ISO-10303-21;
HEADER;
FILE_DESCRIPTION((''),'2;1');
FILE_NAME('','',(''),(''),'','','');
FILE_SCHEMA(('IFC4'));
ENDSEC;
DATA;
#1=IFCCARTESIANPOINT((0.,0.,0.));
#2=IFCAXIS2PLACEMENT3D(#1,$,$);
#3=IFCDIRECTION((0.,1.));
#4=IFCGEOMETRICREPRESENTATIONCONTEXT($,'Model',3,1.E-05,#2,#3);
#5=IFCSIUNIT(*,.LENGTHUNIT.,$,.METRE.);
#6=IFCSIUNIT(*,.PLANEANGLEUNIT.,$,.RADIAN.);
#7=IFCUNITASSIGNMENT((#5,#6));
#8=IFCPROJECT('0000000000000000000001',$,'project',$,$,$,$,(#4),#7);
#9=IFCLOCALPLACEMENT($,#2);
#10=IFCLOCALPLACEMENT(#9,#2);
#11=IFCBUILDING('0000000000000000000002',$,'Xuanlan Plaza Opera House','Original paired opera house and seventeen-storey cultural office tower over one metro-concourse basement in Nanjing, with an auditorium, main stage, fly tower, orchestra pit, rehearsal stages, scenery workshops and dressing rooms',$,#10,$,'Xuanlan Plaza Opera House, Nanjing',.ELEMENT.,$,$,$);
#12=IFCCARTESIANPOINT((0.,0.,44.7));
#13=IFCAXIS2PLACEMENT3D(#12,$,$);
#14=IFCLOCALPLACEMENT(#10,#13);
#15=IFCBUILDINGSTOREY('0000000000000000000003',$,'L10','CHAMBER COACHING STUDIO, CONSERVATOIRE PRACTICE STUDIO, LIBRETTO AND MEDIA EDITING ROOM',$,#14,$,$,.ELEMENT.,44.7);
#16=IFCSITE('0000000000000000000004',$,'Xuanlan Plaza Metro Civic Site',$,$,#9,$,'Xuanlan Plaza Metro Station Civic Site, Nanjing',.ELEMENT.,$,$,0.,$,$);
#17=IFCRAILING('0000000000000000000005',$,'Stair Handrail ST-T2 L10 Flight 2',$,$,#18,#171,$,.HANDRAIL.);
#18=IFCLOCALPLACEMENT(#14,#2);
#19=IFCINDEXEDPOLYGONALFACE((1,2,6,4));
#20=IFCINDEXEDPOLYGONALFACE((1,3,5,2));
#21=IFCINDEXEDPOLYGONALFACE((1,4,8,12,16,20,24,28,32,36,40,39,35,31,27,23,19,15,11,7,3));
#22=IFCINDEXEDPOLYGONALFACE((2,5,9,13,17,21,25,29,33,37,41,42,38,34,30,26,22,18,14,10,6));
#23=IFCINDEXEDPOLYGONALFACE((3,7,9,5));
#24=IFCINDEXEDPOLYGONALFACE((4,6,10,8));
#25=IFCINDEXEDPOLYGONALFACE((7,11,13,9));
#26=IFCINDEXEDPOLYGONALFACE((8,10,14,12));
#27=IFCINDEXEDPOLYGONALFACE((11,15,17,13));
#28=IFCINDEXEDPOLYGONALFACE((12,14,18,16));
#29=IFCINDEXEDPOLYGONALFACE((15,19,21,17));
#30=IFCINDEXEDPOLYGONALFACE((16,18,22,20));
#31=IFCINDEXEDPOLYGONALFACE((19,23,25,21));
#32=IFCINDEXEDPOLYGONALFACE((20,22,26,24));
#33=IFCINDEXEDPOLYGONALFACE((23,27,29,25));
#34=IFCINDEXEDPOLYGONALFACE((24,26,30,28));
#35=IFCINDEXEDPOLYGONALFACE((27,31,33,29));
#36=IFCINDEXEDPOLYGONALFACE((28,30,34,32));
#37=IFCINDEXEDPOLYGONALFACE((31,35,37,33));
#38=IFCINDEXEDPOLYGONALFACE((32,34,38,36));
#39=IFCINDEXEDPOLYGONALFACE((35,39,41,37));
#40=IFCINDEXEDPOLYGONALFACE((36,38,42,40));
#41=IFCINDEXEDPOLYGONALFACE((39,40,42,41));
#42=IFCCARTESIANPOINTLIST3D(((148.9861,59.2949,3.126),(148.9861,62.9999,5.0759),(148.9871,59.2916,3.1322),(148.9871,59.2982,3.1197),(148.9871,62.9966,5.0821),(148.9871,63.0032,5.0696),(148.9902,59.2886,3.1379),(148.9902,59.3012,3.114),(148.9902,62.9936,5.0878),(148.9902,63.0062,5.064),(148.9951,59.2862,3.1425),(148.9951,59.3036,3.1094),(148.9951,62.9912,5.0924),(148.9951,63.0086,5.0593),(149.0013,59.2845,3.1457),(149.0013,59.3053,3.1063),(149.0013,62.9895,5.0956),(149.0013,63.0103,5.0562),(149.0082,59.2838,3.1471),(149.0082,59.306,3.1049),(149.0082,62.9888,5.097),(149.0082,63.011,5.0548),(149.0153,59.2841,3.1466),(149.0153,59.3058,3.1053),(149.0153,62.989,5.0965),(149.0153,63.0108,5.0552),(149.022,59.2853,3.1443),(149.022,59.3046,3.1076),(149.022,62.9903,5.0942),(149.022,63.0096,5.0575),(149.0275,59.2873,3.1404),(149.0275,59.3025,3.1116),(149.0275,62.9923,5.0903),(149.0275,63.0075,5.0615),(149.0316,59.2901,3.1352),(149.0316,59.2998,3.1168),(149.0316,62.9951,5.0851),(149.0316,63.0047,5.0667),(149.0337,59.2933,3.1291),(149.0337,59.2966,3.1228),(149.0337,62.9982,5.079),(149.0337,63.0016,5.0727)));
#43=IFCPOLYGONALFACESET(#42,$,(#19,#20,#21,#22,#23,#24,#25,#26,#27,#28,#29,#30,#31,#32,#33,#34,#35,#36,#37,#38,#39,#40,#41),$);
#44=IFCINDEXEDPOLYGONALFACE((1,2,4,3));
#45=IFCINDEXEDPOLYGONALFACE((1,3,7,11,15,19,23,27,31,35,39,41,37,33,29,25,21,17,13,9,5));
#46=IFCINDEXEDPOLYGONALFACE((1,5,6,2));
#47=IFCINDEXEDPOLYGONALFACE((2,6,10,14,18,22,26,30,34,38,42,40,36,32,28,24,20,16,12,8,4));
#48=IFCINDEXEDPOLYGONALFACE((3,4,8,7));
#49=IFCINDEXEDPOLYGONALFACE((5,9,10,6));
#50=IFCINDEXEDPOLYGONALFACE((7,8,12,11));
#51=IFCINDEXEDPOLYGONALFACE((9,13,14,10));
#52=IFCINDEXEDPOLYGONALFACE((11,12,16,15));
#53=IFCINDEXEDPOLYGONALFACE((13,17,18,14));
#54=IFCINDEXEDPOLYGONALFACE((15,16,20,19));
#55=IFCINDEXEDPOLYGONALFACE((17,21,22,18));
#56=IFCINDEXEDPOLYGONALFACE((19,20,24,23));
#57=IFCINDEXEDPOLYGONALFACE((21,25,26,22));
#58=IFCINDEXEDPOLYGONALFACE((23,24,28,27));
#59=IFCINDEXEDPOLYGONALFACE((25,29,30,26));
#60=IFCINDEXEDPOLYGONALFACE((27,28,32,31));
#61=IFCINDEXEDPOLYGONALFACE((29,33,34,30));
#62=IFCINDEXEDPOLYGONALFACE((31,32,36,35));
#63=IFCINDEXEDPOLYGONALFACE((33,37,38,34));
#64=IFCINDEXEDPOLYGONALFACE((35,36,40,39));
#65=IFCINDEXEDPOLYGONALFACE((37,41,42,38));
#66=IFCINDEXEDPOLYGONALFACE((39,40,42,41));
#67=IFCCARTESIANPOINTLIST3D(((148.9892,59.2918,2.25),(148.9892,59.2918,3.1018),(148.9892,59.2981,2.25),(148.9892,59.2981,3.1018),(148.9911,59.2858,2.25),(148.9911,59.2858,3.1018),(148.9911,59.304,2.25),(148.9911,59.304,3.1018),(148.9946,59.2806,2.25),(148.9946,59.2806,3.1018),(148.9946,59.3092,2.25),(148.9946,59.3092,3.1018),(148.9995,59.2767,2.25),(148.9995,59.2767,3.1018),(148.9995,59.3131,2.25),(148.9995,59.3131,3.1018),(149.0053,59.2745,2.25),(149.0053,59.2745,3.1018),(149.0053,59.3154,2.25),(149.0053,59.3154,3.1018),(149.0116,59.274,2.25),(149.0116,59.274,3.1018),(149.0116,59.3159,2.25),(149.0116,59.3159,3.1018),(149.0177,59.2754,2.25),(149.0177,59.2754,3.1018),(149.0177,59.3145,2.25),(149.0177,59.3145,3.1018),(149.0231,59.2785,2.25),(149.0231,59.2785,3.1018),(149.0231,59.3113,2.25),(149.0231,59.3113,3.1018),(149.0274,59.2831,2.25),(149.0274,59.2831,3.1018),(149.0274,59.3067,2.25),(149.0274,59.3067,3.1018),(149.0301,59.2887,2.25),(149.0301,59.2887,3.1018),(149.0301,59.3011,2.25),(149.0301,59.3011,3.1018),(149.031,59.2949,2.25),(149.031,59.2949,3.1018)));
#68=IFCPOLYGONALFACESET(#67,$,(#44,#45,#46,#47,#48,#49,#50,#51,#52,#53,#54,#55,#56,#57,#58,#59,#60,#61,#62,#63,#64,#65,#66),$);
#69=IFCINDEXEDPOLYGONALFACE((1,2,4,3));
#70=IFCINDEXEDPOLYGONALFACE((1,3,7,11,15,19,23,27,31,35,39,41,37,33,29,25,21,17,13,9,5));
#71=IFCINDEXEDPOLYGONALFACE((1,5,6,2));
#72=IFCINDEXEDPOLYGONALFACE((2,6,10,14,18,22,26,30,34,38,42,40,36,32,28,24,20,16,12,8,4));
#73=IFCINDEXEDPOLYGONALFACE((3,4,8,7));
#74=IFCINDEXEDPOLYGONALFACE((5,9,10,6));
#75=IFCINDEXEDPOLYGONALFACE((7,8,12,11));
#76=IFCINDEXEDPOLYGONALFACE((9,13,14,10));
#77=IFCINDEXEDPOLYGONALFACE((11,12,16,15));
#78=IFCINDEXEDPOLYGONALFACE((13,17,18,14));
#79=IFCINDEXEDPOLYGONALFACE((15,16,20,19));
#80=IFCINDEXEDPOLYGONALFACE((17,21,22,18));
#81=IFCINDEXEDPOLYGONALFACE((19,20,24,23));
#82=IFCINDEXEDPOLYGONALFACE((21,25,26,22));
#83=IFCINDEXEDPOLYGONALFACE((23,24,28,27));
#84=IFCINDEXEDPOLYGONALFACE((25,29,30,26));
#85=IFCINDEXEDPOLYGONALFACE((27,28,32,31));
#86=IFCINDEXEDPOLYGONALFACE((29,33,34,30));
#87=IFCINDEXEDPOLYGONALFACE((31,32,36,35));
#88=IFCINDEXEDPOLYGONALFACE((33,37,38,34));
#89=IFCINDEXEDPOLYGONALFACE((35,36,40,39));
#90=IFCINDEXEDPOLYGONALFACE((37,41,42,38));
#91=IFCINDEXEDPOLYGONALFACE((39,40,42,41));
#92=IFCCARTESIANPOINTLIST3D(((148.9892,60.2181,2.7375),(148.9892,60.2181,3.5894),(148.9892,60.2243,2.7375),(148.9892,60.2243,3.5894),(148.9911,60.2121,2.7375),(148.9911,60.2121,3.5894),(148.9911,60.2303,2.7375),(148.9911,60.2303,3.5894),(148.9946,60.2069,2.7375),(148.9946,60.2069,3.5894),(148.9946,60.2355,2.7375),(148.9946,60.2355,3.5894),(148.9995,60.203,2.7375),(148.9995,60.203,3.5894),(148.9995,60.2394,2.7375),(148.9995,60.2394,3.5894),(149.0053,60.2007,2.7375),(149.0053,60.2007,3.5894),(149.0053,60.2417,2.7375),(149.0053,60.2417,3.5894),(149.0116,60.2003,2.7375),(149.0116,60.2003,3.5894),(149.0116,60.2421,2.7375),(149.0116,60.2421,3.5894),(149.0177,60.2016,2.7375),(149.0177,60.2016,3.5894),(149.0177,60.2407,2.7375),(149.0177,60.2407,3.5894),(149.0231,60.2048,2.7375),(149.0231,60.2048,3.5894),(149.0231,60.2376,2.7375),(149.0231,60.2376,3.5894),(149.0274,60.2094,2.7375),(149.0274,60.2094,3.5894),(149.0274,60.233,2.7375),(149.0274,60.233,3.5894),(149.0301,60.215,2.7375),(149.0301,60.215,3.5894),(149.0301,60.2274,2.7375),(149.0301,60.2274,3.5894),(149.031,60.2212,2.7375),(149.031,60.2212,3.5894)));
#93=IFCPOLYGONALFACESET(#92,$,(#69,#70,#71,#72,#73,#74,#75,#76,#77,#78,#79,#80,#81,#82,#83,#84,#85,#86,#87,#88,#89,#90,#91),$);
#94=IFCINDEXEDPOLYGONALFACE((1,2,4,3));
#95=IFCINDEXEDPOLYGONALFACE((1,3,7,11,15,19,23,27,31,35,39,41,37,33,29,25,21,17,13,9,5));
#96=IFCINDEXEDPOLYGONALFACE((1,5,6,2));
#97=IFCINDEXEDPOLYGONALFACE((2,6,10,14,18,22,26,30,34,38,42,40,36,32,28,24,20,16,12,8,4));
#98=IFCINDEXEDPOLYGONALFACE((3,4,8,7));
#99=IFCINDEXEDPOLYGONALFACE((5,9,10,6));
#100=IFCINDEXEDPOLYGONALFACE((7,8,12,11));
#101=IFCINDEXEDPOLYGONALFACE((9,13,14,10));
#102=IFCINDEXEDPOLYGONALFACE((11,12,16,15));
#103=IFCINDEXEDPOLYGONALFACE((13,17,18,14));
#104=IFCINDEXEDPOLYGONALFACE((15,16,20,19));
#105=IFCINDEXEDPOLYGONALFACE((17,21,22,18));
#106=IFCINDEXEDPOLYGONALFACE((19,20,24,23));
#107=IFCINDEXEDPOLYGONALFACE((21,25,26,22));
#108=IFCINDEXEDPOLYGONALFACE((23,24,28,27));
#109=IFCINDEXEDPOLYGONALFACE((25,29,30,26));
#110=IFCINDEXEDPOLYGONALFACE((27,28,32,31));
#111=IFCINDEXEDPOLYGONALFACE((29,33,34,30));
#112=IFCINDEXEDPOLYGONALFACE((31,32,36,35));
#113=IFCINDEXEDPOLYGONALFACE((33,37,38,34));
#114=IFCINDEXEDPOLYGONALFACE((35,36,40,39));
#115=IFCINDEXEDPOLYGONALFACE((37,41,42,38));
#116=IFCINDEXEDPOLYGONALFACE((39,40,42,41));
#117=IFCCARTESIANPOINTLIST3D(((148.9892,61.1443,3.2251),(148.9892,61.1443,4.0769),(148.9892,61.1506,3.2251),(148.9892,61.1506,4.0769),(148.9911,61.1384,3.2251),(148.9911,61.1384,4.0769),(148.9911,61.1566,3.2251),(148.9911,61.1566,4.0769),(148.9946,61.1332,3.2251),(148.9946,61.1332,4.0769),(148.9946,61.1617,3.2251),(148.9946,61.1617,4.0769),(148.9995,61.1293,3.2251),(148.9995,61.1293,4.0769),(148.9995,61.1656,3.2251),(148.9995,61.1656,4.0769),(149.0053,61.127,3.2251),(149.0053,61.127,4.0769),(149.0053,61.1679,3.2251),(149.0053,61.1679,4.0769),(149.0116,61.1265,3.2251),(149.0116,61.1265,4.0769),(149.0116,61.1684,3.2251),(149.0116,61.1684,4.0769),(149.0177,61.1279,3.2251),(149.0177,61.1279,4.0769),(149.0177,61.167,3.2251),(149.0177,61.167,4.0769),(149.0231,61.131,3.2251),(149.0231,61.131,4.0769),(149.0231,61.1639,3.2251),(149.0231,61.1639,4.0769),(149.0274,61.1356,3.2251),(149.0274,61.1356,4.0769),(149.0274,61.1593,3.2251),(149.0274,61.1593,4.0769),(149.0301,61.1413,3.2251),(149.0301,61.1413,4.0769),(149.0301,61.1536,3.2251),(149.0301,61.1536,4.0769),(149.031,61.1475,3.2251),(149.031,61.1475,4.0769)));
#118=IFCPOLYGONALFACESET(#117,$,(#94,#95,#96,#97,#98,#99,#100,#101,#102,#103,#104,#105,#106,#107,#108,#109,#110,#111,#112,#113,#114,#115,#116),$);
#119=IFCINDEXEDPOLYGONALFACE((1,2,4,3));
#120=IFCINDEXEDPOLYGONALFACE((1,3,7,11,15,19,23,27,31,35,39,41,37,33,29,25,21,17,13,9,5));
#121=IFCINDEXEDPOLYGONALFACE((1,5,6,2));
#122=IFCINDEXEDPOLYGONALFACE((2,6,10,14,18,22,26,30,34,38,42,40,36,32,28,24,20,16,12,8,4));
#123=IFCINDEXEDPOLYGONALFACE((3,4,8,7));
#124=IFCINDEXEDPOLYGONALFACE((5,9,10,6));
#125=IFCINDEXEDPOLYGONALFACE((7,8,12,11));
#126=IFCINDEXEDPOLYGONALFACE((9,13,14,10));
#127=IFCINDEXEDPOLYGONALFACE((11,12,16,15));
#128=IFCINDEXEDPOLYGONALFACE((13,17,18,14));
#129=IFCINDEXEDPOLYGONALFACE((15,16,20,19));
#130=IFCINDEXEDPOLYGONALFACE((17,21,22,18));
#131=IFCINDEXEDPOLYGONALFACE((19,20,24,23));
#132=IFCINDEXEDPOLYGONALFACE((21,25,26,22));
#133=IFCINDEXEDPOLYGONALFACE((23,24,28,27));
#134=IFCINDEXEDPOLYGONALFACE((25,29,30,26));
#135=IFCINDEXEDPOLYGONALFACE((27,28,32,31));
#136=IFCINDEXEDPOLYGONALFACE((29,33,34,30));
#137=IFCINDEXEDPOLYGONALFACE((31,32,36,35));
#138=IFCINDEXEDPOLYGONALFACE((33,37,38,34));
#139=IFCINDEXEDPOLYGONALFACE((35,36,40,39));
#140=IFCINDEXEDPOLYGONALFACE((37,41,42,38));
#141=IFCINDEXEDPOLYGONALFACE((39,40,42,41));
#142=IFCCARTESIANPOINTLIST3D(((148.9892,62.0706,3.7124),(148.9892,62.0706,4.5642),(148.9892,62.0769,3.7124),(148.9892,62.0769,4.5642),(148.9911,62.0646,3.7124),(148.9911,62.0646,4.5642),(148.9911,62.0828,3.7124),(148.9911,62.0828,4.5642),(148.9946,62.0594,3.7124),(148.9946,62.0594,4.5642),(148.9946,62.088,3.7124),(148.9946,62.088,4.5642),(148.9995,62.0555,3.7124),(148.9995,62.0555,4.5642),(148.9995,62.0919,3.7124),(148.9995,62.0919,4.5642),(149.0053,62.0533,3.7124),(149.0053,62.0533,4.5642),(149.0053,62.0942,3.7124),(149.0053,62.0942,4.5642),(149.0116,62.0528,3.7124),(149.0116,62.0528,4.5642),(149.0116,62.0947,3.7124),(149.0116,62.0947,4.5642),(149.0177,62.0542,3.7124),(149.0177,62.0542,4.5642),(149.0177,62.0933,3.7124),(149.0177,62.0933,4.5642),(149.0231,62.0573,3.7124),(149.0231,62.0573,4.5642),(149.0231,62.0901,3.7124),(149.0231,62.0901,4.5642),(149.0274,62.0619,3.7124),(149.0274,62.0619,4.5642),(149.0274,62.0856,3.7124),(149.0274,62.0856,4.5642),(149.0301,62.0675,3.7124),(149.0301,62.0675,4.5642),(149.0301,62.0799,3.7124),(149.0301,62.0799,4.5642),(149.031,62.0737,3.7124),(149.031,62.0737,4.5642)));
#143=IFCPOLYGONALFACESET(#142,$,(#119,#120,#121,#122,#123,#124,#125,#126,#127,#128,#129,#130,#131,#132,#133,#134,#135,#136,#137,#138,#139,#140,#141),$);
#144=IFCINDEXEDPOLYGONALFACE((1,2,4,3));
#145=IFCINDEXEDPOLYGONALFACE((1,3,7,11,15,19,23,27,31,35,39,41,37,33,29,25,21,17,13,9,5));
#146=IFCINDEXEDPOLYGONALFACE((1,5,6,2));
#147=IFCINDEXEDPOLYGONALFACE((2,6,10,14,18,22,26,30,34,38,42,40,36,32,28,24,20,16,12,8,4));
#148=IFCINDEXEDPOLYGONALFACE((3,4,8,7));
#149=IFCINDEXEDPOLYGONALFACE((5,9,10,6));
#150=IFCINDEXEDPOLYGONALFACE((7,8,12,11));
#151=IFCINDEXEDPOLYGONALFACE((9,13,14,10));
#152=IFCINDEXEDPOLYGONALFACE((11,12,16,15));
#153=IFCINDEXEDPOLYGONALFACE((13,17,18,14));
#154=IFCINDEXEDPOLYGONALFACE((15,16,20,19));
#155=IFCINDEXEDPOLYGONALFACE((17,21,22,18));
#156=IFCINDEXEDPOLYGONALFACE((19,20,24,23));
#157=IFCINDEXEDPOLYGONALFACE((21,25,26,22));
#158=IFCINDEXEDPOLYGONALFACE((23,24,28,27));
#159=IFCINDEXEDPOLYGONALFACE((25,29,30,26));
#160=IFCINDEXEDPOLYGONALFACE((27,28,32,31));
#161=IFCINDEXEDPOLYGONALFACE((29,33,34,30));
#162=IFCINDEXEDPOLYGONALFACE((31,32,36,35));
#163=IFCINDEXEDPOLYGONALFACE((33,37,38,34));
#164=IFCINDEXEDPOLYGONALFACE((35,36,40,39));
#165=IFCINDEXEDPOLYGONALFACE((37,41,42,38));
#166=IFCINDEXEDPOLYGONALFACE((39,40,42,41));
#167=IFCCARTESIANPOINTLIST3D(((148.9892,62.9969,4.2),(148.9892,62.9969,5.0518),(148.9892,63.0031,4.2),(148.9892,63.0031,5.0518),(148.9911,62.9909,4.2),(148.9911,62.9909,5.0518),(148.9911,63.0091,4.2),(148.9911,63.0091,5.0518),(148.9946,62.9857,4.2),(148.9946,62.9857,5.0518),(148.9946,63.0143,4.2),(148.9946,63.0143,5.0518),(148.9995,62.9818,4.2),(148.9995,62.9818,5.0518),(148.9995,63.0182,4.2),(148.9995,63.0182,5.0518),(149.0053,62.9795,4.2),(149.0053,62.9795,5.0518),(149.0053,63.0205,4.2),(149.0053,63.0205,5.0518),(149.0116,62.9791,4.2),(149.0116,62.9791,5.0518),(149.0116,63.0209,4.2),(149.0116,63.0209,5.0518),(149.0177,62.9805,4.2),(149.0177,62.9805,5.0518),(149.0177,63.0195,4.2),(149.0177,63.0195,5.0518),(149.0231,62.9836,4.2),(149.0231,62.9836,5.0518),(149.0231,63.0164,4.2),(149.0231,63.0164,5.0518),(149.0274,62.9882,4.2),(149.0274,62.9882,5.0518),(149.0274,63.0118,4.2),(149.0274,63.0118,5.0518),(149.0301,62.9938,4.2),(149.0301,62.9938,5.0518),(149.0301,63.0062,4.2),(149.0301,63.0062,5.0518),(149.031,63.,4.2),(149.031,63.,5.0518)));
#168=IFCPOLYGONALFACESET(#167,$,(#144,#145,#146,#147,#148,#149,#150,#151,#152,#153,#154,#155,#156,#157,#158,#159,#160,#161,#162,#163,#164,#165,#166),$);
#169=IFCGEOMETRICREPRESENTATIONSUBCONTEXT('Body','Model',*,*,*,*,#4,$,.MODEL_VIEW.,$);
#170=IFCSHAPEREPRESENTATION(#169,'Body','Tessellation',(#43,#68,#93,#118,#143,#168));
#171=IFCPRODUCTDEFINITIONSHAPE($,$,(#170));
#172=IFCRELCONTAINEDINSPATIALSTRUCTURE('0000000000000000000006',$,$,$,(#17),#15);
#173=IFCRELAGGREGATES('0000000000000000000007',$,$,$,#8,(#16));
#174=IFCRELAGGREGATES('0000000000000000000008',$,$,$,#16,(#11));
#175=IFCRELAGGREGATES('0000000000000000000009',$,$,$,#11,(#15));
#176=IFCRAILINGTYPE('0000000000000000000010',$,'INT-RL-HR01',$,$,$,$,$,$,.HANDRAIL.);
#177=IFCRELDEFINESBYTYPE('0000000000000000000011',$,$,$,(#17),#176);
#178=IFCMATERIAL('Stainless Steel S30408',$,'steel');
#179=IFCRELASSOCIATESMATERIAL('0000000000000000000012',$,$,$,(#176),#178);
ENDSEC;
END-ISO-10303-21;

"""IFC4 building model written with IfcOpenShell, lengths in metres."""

from ifc_helpers import new_model, si_unit, direction, frame, origin, origin_2d, place, context, subcontext, project, spatial, circle, extrude, material, type_object, element, save


model = new_model("IFC4")

# Units and contexts
model_context = context("Model", 3, precision=1e-05, world=origin(), true_north=direction((0.0, 1.0)))
body_context = subcontext(model_context, "Body", "Model", "MODEL_VIEW")
ifc_project = project(units=[si_unit("LENGTHUNIT", "METRE"), si_unit("PLANEANGLEUNIT", "RADIAN")], contexts=[model_context])

# Site, building, storey
site_placement = place(None, origin())
site = spatial("IfcSite", under=ifc_project, at=site_placement, Name="Xuanlan Plaza Metro Civic Site", LongName="Xuanlan Plaza Metro Station Civic Site, Nanjing", CompositionType="ELEMENT", RefElevation=0.0)
building_placement = place(site_placement, origin())
building = spatial("IfcBuilding", under=site, at=building_placement, Name="Xuanlan Plaza Opera House", Description="Original paired opera house and seventeen-storey cultural office tower over one metro-concourse basement in Nanjing, with an auditorium, main stage, fly tower, orchestra pit, rehearsal stages, scenery workshops and dressing rooms", LongName="Xuanlan Plaza Opera House, Nanjing", CompositionType="ELEMENT")
storey_placement = place(building_placement, frame((0.0, 0.0, 44.7)))
storey = spatial("IfcBuildingStorey", under=building, at=storey_placement, Name="L10", Description="CHAMBER COACHING STUDIO, CONSERVATOIRE PRACTICE STUDIO, LIBRETTO AND MEDIA EDITING ROOM", CompositionType="ELEMENT", Elevation=44.7)

# Shared definitions
ifc_material_1 = material(Name="Stainless Steel S30408", Category="steel")

# Railing
railing_type = type_object("IfcRailingType", Name="INT-RL-HR01", PredefinedType="HANDRAIL", material=ifc_material_1)
for number, where, name in (
    (1, (149.01, 59.2949, 2.25), "Stair Handrail ST-T2 L10 Flight 2"),
):
    element("IfcRailing", number, at=place(storey_placement, frame(where)), inside=storey, type_object=railing_type, Name=name, PredefinedType="HANDRAIL", context=body_context, shape_type="SweptSolid", body=[
        extrude(circle(Radius=0.0239, at=origin_2d()), frame((0.0, 0.0, 0.876), z_axis=(0.0, 0.884927, 0.46573), x_axis=(-1.0, 0.0, 0.0)), (0.0, 0.0, 1.0), 4.1868),
        extrude(circle(Radius=0.021, at=origin_2d()), origin(), (0.0, 0.0, 1.0), 0.8518),
        extrude(circle(Radius=0.021, at=origin_2d()), frame((0.0, 0.9263, 0.4875)), (0.0, 0.0, 1.0), 0.8518),
        extrude(circle(Radius=0.021, at=origin_2d()), frame((0.0, 1.8525, 0.9751)), (0.0, 0.0, 1.0), 0.8518),
        extrude(circle(Radius=0.021, at=origin_2d()), frame((0.0, 2.7788, 1.4624)), (0.0, 0.0, 1.0), 0.8518),
        extrude(circle(Radius=0.021, at=origin_2d()), frame((0.0, 3.7051, 1.95)), (0.0, 0.0, 1.0), 0.8518),
    ])

save(model, "model.ifc")
